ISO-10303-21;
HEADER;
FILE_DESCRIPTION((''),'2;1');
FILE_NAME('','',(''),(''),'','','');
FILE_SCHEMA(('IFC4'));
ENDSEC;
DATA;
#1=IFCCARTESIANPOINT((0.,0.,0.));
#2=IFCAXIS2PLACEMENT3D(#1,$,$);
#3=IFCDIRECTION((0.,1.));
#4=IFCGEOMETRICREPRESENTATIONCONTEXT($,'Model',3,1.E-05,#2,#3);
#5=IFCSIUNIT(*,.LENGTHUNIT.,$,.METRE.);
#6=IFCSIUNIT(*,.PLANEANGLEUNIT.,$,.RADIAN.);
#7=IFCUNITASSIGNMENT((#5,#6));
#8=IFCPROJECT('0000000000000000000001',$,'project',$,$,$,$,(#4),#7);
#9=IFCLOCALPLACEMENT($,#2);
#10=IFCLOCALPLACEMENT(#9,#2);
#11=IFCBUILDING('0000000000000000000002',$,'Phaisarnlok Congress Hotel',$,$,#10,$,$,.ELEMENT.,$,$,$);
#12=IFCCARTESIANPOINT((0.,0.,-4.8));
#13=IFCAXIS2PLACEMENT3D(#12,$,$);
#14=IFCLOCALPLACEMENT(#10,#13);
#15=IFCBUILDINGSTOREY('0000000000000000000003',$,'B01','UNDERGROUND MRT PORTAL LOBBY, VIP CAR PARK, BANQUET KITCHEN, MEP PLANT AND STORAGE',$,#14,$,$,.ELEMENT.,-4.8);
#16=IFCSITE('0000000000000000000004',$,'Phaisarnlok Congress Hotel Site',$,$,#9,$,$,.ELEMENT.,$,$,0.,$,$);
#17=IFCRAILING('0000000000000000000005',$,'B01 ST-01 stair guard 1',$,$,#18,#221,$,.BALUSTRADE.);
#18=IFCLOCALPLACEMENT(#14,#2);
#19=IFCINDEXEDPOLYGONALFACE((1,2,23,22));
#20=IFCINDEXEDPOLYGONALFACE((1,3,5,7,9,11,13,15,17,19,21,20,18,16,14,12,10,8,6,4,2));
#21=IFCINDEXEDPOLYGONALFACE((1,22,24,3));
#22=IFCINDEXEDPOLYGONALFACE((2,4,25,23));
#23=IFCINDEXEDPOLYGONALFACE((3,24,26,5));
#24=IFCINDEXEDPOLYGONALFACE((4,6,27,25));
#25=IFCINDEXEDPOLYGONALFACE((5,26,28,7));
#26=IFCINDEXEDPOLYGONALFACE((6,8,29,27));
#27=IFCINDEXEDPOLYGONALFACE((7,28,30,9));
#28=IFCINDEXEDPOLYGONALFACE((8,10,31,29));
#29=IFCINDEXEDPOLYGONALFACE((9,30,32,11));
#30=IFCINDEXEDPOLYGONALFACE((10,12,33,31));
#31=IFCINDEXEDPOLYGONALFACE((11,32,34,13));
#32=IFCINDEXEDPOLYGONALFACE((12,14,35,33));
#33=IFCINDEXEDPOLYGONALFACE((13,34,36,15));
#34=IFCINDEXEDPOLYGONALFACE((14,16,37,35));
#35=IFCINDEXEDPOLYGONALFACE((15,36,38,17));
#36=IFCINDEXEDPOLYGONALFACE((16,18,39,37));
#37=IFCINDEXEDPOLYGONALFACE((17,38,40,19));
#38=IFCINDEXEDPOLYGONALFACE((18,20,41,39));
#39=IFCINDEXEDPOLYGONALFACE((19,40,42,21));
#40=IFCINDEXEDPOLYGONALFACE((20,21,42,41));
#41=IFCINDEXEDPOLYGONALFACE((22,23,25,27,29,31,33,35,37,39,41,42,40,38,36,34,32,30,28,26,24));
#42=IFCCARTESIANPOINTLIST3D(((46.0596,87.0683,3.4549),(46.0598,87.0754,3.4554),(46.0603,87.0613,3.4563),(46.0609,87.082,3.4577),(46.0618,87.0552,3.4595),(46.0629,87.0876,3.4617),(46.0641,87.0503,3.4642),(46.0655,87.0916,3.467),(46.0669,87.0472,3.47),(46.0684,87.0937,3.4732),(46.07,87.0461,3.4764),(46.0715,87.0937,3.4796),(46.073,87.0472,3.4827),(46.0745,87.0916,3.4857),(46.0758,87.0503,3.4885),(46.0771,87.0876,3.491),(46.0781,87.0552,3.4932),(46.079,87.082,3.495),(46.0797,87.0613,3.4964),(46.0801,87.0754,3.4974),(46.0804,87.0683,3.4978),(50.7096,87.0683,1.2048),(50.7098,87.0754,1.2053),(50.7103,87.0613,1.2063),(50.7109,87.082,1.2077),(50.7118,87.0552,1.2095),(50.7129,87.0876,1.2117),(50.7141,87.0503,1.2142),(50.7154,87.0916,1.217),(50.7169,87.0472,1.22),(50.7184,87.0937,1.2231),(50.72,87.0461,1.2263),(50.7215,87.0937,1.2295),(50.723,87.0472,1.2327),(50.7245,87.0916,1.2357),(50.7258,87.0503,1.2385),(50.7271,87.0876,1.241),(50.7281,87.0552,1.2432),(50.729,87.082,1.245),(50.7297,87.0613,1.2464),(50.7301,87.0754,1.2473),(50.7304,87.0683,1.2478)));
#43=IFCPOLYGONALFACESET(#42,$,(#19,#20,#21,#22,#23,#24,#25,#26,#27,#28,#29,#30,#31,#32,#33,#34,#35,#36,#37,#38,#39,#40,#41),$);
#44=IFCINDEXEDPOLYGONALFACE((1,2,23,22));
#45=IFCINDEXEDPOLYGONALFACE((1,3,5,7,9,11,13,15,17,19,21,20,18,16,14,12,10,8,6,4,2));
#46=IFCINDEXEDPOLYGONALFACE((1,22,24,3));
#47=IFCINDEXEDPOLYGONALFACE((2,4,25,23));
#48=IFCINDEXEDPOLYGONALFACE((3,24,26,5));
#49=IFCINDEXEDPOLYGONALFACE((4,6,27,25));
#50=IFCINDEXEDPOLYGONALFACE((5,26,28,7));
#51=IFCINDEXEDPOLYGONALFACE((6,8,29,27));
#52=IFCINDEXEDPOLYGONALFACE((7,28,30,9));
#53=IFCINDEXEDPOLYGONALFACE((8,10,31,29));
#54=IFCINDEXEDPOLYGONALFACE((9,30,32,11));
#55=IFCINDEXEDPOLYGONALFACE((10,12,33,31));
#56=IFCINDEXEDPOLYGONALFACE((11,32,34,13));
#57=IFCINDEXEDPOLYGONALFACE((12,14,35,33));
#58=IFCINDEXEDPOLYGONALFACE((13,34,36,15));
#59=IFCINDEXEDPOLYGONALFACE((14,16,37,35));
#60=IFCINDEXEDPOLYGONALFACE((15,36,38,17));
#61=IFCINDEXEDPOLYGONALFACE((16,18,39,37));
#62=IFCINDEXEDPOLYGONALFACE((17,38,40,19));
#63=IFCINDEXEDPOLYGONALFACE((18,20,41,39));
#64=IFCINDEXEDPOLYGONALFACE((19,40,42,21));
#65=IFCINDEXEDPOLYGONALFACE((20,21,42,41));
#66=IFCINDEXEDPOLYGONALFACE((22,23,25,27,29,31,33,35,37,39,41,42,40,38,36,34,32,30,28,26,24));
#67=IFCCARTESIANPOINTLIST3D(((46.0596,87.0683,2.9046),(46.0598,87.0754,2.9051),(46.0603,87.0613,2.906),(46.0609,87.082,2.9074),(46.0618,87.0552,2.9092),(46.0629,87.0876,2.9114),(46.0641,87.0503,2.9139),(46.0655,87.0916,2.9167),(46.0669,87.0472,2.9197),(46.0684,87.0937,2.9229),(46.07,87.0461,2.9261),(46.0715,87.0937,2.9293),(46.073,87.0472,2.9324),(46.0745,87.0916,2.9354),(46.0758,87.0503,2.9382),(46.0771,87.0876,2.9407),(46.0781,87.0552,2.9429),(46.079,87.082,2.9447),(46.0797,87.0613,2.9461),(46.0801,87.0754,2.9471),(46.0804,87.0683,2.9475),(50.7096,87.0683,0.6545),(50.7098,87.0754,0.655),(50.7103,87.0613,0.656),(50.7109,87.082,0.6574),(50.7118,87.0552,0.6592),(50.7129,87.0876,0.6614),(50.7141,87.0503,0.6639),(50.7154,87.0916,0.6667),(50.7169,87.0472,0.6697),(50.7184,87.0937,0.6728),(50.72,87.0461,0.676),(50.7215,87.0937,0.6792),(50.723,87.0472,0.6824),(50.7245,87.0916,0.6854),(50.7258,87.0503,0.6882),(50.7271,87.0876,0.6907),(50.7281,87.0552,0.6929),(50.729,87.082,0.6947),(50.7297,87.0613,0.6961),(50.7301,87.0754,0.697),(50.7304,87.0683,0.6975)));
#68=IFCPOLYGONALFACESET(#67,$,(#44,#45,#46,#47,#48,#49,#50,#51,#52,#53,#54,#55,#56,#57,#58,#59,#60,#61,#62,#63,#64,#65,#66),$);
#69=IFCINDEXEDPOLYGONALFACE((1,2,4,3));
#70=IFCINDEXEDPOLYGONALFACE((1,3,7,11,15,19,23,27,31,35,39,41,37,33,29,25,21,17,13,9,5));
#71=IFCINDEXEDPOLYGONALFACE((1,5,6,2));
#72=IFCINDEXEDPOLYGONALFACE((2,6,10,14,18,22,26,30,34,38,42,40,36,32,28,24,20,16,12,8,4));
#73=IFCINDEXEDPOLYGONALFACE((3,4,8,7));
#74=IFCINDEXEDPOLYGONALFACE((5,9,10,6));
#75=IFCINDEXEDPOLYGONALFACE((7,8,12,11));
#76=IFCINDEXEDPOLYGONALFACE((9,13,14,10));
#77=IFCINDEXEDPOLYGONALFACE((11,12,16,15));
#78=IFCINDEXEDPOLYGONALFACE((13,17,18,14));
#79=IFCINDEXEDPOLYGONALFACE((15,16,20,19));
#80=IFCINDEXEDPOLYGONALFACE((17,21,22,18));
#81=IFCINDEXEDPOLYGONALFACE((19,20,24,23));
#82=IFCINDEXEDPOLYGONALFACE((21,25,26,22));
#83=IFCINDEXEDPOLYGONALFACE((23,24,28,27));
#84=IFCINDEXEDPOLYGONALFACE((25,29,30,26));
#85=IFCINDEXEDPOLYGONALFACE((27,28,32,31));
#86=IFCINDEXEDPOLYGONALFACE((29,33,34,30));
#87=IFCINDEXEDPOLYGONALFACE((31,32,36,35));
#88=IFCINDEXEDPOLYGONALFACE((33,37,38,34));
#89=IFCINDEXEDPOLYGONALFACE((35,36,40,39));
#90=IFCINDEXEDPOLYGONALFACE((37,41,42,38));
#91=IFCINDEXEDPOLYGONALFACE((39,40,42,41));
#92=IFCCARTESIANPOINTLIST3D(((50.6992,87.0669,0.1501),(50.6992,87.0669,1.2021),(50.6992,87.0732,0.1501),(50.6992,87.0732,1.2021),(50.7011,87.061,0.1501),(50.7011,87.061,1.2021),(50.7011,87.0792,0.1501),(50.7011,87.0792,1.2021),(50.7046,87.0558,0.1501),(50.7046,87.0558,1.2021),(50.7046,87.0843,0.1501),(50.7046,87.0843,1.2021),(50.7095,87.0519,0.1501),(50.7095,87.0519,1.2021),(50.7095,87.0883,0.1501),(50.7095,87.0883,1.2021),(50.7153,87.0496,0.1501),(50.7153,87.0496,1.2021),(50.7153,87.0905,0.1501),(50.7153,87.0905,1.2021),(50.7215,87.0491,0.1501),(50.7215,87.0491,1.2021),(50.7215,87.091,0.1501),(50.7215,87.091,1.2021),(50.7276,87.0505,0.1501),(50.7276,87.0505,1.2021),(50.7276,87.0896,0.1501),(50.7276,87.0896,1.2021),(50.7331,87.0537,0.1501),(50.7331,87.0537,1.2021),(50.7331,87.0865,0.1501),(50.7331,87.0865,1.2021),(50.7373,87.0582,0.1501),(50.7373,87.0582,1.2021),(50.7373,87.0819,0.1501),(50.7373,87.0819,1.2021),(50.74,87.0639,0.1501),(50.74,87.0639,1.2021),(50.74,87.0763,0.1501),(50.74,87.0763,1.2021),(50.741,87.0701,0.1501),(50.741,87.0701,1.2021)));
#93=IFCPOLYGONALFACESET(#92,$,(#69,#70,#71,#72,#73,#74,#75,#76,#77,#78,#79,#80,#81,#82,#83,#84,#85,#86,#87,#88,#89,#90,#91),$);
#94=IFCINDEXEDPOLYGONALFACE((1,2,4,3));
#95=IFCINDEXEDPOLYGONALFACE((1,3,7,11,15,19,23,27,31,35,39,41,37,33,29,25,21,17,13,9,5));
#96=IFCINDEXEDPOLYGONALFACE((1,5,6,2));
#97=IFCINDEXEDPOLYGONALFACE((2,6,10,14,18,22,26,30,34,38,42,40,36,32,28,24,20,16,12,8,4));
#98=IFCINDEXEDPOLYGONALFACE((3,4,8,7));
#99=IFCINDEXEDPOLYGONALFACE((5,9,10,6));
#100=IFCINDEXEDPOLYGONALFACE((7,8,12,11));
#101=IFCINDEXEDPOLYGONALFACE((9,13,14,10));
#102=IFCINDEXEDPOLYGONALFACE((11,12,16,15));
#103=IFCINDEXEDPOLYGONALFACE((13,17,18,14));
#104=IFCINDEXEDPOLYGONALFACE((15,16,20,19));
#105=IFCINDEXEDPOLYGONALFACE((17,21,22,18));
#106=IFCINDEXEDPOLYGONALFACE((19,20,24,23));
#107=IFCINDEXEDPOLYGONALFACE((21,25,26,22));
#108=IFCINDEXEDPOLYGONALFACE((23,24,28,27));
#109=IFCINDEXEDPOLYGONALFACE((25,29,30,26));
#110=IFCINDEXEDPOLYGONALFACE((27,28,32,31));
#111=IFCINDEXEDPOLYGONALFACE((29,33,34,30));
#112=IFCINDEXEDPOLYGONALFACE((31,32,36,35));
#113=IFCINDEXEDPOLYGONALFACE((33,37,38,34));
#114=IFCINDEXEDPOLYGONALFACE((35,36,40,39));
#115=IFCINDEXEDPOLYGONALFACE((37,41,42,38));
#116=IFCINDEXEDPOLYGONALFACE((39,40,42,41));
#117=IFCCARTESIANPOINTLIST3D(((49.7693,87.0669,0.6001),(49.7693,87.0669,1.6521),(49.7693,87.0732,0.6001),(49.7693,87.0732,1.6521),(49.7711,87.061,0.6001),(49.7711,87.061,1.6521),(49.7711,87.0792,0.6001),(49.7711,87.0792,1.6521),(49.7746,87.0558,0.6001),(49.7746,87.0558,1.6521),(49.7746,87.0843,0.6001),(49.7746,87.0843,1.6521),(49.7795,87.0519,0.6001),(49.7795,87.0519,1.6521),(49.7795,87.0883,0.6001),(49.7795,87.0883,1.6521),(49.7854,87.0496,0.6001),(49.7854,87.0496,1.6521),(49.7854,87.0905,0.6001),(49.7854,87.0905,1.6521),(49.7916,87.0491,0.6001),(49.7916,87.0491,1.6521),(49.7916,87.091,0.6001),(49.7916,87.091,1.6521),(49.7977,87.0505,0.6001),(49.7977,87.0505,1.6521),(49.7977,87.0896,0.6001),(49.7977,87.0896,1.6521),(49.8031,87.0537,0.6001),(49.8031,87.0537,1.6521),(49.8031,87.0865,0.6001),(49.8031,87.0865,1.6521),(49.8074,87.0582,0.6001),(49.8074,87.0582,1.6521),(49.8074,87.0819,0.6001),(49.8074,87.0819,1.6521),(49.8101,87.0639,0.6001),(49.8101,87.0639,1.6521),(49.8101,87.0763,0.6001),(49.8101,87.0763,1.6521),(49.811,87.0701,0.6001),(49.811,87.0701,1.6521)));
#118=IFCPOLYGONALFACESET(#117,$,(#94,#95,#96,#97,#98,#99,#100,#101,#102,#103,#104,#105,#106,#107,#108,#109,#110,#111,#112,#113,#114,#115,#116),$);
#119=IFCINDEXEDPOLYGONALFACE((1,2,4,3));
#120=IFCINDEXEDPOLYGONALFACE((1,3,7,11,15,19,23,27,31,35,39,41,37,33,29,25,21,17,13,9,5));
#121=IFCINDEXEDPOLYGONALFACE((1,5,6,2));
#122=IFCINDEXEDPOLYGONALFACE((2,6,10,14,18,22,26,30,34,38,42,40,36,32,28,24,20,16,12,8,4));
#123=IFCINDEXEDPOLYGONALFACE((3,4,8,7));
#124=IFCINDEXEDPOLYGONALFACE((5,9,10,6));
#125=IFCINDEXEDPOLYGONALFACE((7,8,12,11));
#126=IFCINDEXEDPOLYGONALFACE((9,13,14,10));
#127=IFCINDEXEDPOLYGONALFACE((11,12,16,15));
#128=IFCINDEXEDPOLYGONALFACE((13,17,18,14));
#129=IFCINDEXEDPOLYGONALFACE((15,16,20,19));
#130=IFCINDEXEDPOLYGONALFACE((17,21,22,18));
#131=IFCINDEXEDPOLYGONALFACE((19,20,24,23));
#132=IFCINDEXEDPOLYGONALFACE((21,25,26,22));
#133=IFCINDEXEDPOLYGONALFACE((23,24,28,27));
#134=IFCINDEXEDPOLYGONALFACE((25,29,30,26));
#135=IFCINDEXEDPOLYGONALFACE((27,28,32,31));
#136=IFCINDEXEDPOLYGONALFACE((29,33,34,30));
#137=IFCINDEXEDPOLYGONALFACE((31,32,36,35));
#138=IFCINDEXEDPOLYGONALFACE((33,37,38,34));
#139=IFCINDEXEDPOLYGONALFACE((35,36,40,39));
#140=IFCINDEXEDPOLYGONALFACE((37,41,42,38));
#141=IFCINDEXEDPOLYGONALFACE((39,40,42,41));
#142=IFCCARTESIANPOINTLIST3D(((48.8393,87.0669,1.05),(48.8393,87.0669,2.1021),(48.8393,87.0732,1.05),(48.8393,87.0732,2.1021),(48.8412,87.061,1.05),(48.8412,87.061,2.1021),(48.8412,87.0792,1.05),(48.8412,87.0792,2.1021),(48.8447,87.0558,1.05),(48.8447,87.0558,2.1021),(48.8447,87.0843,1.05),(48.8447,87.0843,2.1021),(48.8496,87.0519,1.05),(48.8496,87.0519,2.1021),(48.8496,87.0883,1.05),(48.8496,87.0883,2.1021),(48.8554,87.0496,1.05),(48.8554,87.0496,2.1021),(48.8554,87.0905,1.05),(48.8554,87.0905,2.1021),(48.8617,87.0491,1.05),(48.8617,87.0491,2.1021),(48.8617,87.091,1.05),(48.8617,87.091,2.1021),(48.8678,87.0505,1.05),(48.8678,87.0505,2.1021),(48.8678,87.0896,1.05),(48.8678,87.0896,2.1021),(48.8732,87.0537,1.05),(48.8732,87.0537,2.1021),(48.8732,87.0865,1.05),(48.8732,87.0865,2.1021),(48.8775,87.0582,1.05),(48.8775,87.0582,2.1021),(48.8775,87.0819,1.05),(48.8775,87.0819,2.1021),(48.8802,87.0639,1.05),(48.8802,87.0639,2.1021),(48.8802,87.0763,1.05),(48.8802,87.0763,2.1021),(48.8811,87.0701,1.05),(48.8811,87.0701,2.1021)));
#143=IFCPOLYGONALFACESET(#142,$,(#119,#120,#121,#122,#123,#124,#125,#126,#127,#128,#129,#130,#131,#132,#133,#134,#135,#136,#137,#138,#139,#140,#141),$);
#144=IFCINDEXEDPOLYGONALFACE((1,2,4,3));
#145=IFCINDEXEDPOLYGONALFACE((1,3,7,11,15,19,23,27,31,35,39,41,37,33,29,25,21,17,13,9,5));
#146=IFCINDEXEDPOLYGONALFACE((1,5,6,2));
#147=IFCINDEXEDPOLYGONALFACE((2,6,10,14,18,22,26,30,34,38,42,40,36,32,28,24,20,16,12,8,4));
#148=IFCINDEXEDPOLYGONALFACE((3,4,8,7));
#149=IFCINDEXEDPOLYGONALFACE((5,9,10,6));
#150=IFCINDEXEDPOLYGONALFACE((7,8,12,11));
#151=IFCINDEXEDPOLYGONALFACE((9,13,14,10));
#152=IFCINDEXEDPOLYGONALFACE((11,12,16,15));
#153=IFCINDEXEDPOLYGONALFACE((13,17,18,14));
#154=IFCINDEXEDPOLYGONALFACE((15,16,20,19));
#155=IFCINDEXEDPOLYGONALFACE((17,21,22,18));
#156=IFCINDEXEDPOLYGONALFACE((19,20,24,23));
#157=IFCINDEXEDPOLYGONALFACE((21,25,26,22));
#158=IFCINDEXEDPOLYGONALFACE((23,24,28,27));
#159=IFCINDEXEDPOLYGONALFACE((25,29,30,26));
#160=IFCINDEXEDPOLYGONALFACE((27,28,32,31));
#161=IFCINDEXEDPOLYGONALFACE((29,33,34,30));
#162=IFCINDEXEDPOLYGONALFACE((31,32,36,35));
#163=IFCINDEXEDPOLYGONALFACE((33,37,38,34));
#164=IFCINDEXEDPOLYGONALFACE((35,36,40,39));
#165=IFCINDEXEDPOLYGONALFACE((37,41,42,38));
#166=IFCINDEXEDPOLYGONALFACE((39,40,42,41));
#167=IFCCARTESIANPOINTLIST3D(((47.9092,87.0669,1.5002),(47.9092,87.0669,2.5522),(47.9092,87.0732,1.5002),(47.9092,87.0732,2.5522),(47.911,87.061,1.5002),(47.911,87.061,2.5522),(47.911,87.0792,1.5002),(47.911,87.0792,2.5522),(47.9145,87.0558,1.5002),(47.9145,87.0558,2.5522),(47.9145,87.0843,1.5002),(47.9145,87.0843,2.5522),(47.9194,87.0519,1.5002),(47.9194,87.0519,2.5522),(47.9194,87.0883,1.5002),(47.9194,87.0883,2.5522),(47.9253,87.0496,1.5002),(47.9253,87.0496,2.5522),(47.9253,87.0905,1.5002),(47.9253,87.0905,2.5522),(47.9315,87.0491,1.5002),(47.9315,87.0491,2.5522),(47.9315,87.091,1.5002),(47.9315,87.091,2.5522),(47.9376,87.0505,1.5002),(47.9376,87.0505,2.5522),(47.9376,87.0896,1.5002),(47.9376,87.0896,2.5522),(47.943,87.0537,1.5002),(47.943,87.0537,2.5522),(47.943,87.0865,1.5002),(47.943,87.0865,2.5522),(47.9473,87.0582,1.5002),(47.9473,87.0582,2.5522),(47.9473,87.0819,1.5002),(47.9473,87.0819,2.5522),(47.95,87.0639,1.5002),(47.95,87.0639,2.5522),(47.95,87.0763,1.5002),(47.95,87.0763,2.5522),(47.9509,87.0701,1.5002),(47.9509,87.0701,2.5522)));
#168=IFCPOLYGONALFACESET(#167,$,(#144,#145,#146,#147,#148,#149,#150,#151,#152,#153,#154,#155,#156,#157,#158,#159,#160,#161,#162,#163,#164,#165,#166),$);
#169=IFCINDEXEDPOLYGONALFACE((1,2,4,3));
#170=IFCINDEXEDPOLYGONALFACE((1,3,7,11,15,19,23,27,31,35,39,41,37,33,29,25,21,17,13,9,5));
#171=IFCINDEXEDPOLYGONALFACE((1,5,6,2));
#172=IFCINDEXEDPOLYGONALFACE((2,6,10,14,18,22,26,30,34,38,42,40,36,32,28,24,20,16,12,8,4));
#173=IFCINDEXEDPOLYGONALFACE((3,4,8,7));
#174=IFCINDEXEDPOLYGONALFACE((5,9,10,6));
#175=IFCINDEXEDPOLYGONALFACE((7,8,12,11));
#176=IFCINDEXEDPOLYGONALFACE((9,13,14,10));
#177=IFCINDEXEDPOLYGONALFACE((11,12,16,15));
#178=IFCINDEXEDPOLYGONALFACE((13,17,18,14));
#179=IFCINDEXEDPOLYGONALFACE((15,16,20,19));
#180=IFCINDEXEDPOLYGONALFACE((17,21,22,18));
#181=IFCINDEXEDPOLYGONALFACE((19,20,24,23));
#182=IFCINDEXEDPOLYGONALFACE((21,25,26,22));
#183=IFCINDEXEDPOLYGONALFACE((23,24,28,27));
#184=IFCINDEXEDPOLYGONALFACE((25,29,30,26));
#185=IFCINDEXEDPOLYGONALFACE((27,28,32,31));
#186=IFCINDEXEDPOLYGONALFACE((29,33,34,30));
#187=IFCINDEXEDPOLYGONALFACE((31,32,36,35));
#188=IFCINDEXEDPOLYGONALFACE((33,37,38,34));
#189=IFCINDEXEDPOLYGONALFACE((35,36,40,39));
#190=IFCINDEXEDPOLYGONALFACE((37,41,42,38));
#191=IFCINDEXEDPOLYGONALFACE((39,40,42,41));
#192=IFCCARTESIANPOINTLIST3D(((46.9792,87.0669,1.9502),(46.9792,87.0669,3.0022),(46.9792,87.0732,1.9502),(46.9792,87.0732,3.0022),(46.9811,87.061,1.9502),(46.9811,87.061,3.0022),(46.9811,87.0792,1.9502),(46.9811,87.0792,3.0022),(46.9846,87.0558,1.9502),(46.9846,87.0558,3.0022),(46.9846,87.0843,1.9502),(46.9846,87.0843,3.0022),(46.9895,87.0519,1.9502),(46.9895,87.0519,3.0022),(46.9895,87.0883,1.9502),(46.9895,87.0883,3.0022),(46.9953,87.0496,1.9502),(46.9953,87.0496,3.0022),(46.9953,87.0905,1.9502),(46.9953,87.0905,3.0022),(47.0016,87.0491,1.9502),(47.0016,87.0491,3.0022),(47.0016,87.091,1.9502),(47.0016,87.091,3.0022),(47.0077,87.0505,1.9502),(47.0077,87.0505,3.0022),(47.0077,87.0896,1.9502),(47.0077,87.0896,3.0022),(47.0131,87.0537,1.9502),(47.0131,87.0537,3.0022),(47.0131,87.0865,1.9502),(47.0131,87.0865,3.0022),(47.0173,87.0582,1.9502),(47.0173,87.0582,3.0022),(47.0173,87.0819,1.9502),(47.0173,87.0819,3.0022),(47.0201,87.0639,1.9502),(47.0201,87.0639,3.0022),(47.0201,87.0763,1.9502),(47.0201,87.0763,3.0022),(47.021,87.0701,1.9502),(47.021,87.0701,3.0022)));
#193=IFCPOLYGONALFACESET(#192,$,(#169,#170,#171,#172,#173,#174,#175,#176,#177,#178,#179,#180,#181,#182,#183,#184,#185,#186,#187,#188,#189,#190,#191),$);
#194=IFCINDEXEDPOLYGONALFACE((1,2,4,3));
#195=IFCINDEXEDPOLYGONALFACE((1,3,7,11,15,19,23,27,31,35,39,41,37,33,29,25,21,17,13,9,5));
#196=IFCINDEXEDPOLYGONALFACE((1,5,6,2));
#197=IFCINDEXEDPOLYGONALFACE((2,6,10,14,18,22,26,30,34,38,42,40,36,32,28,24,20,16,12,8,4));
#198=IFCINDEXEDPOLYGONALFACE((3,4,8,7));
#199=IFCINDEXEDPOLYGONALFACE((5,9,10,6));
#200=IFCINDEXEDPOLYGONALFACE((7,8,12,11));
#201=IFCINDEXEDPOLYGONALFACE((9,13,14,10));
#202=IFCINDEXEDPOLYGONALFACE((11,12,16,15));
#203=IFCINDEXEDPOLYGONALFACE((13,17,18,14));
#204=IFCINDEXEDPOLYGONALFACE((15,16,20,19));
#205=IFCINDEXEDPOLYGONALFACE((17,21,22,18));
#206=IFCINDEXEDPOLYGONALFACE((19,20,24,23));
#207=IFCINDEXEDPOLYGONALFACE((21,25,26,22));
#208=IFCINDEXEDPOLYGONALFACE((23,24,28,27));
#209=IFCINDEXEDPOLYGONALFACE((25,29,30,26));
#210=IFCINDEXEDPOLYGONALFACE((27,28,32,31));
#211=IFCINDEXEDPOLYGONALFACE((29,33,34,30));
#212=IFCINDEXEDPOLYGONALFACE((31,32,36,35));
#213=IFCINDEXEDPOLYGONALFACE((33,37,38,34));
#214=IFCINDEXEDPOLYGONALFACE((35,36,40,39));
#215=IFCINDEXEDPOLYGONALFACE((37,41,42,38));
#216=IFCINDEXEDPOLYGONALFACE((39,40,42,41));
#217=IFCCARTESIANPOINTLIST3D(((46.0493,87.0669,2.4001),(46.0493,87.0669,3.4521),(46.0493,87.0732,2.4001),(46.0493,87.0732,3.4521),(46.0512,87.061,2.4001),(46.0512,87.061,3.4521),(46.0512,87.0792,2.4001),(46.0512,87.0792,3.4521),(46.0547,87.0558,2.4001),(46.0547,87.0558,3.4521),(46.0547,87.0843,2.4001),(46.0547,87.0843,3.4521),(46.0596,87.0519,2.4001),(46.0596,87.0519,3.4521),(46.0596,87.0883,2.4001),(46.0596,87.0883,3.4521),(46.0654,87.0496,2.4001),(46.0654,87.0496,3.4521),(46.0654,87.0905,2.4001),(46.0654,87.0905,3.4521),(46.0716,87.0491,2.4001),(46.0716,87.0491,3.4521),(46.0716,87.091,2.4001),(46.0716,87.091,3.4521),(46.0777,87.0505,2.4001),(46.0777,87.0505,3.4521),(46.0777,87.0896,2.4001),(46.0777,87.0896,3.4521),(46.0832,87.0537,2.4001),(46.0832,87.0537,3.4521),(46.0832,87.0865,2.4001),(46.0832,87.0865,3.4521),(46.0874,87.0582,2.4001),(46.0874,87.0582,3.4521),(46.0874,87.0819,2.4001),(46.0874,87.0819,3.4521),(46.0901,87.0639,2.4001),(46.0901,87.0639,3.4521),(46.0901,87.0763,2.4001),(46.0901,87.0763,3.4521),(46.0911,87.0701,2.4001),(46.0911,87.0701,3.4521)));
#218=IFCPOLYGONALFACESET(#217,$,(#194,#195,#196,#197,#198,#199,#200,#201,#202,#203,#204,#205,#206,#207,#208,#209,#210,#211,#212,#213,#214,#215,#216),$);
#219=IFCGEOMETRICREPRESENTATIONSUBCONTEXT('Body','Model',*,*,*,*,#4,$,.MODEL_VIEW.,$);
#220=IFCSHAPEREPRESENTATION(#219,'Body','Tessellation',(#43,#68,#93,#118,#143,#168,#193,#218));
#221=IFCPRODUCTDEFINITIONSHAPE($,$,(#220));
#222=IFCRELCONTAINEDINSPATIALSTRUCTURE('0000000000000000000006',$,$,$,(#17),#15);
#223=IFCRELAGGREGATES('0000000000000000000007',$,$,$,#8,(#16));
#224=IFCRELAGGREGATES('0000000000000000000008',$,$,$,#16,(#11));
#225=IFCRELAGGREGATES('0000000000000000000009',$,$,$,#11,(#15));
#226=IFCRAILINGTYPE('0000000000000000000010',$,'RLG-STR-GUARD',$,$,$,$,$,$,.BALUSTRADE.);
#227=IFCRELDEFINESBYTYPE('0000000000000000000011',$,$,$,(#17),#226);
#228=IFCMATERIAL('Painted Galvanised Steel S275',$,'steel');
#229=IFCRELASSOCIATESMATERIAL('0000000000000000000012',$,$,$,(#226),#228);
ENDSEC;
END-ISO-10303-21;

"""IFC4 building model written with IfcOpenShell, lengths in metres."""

from ifc_helpers import new_model, si_unit, direction, frame, origin, origin_2d, place, context, subcontext, project, spatial, circle, extrude, material, type_object, element, save


model = new_model("IFC4")

# Units and contexts
model_context = context("Model", 3, precision=1e-05, world=origin(), true_north=direction((0.0, 1.0)))
body_context = subcontext(model_context, "Body", "Model", "MODEL_VIEW")
ifc_project = project(units=[si_unit("LENGTHUNIT", "METRE"), si_unit("PLANEANGLEUNIT", "RADIAN")], contexts=[model_context])

# Site, building, storey
site_placement = place(None, origin())
site = spatial("IfcSite", under=ifc_project, at=site_placement, Name="Phaisarnlok Congress Hotel Site", CompositionType="ELEMENT", RefElevation=0.0)
building_placement = place(site_placement, origin())
building = spatial("IfcBuilding", under=site, at=building_placement, Name="Phaisarnlok Congress Hotel", CompositionType="ELEMENT")
storey_placement = place(building_placement, frame((0.0, 0.0, -4.8)))
storey = spatial("IfcBuildingStorey", under=building, at=storey_placement, Name="B01", Description="UNDERGROUND MRT PORTAL LOBBY, VIP CAR PARK, BANQUET KITCHEN, MEP PLANT AND STORAGE", CompositionType="ELEMENT", Elevation=-4.8)

# Railing
ifc_material_1 = material(Name="Painted Galvanised Steel S275", Category="steel")
railing_type_1 = type_object("IfcRailingType", Name="RLG-STR-GUARD", PredefinedType="BALUSTRADE", material=ifc_material_1)
railing_1_placement = place(storey_placement, frame((50.72, 87.0701, 0.1501)))
element("IfcRailing", 1, at=railing_1_placement, inside=storey, type_object=railing_type_1, Name="B01 ST-01 stair guard 1", PredefinedType="BALUSTRADE", context=body_context, shape_type="SweptSolid", body=[
    extrude(circle(Radius=0.0239, at=origin_2d()), frame((0.0, 0.0, 1.0762), z_axis=(-0.900156, 0.0, 0.435568), x_axis=(0.0, -1.0, 0.0)), (0.0, 0.0, 1.0), 5.1658),
    extrude(circle(Radius=0.0239, at=origin_2d()), frame((0.0, 0.0, 0.5259), z_axis=(-0.900156, 0.0, 0.435568), x_axis=(0.0, -1.0, 0.0)), (0.0, 0.0, 1.0), 5.1658),
    extrude(circle(Radius=0.021, at=origin_2d()), origin(), (0.0, 0.0, 1.0), 1.052),
    extrude(circle(Radius=0.021, at=origin_2d()), frame((-0.9299, 0.0, 0.45)), (0.0, 0.0, 1.0), 1.052),
    extrude(circle(Radius=0.021, at=origin_2d()), frame((-1.8599, 0.0, 0.8999)), (0.0, 0.0, 1.0), 1.052),
    extrude(circle(Radius=0.021, at=origin_2d()), frame((-2.79, 0.0, 1.3501)), (0.0, 0.0, 1.0), 1.052),
    extrude(circle(Radius=0.021, at=origin_2d()), frame((-3.72, 0.0, 1.8)), (0.0, 0.0, 1.0), 1.052),
    extrude(circle(Radius=0.021, at=origin_2d()), frame((-4.6499, 0.0, 2.25)), (0.0, 0.0, 1.0), 1.052),
])

save(model, "model.ifc")
